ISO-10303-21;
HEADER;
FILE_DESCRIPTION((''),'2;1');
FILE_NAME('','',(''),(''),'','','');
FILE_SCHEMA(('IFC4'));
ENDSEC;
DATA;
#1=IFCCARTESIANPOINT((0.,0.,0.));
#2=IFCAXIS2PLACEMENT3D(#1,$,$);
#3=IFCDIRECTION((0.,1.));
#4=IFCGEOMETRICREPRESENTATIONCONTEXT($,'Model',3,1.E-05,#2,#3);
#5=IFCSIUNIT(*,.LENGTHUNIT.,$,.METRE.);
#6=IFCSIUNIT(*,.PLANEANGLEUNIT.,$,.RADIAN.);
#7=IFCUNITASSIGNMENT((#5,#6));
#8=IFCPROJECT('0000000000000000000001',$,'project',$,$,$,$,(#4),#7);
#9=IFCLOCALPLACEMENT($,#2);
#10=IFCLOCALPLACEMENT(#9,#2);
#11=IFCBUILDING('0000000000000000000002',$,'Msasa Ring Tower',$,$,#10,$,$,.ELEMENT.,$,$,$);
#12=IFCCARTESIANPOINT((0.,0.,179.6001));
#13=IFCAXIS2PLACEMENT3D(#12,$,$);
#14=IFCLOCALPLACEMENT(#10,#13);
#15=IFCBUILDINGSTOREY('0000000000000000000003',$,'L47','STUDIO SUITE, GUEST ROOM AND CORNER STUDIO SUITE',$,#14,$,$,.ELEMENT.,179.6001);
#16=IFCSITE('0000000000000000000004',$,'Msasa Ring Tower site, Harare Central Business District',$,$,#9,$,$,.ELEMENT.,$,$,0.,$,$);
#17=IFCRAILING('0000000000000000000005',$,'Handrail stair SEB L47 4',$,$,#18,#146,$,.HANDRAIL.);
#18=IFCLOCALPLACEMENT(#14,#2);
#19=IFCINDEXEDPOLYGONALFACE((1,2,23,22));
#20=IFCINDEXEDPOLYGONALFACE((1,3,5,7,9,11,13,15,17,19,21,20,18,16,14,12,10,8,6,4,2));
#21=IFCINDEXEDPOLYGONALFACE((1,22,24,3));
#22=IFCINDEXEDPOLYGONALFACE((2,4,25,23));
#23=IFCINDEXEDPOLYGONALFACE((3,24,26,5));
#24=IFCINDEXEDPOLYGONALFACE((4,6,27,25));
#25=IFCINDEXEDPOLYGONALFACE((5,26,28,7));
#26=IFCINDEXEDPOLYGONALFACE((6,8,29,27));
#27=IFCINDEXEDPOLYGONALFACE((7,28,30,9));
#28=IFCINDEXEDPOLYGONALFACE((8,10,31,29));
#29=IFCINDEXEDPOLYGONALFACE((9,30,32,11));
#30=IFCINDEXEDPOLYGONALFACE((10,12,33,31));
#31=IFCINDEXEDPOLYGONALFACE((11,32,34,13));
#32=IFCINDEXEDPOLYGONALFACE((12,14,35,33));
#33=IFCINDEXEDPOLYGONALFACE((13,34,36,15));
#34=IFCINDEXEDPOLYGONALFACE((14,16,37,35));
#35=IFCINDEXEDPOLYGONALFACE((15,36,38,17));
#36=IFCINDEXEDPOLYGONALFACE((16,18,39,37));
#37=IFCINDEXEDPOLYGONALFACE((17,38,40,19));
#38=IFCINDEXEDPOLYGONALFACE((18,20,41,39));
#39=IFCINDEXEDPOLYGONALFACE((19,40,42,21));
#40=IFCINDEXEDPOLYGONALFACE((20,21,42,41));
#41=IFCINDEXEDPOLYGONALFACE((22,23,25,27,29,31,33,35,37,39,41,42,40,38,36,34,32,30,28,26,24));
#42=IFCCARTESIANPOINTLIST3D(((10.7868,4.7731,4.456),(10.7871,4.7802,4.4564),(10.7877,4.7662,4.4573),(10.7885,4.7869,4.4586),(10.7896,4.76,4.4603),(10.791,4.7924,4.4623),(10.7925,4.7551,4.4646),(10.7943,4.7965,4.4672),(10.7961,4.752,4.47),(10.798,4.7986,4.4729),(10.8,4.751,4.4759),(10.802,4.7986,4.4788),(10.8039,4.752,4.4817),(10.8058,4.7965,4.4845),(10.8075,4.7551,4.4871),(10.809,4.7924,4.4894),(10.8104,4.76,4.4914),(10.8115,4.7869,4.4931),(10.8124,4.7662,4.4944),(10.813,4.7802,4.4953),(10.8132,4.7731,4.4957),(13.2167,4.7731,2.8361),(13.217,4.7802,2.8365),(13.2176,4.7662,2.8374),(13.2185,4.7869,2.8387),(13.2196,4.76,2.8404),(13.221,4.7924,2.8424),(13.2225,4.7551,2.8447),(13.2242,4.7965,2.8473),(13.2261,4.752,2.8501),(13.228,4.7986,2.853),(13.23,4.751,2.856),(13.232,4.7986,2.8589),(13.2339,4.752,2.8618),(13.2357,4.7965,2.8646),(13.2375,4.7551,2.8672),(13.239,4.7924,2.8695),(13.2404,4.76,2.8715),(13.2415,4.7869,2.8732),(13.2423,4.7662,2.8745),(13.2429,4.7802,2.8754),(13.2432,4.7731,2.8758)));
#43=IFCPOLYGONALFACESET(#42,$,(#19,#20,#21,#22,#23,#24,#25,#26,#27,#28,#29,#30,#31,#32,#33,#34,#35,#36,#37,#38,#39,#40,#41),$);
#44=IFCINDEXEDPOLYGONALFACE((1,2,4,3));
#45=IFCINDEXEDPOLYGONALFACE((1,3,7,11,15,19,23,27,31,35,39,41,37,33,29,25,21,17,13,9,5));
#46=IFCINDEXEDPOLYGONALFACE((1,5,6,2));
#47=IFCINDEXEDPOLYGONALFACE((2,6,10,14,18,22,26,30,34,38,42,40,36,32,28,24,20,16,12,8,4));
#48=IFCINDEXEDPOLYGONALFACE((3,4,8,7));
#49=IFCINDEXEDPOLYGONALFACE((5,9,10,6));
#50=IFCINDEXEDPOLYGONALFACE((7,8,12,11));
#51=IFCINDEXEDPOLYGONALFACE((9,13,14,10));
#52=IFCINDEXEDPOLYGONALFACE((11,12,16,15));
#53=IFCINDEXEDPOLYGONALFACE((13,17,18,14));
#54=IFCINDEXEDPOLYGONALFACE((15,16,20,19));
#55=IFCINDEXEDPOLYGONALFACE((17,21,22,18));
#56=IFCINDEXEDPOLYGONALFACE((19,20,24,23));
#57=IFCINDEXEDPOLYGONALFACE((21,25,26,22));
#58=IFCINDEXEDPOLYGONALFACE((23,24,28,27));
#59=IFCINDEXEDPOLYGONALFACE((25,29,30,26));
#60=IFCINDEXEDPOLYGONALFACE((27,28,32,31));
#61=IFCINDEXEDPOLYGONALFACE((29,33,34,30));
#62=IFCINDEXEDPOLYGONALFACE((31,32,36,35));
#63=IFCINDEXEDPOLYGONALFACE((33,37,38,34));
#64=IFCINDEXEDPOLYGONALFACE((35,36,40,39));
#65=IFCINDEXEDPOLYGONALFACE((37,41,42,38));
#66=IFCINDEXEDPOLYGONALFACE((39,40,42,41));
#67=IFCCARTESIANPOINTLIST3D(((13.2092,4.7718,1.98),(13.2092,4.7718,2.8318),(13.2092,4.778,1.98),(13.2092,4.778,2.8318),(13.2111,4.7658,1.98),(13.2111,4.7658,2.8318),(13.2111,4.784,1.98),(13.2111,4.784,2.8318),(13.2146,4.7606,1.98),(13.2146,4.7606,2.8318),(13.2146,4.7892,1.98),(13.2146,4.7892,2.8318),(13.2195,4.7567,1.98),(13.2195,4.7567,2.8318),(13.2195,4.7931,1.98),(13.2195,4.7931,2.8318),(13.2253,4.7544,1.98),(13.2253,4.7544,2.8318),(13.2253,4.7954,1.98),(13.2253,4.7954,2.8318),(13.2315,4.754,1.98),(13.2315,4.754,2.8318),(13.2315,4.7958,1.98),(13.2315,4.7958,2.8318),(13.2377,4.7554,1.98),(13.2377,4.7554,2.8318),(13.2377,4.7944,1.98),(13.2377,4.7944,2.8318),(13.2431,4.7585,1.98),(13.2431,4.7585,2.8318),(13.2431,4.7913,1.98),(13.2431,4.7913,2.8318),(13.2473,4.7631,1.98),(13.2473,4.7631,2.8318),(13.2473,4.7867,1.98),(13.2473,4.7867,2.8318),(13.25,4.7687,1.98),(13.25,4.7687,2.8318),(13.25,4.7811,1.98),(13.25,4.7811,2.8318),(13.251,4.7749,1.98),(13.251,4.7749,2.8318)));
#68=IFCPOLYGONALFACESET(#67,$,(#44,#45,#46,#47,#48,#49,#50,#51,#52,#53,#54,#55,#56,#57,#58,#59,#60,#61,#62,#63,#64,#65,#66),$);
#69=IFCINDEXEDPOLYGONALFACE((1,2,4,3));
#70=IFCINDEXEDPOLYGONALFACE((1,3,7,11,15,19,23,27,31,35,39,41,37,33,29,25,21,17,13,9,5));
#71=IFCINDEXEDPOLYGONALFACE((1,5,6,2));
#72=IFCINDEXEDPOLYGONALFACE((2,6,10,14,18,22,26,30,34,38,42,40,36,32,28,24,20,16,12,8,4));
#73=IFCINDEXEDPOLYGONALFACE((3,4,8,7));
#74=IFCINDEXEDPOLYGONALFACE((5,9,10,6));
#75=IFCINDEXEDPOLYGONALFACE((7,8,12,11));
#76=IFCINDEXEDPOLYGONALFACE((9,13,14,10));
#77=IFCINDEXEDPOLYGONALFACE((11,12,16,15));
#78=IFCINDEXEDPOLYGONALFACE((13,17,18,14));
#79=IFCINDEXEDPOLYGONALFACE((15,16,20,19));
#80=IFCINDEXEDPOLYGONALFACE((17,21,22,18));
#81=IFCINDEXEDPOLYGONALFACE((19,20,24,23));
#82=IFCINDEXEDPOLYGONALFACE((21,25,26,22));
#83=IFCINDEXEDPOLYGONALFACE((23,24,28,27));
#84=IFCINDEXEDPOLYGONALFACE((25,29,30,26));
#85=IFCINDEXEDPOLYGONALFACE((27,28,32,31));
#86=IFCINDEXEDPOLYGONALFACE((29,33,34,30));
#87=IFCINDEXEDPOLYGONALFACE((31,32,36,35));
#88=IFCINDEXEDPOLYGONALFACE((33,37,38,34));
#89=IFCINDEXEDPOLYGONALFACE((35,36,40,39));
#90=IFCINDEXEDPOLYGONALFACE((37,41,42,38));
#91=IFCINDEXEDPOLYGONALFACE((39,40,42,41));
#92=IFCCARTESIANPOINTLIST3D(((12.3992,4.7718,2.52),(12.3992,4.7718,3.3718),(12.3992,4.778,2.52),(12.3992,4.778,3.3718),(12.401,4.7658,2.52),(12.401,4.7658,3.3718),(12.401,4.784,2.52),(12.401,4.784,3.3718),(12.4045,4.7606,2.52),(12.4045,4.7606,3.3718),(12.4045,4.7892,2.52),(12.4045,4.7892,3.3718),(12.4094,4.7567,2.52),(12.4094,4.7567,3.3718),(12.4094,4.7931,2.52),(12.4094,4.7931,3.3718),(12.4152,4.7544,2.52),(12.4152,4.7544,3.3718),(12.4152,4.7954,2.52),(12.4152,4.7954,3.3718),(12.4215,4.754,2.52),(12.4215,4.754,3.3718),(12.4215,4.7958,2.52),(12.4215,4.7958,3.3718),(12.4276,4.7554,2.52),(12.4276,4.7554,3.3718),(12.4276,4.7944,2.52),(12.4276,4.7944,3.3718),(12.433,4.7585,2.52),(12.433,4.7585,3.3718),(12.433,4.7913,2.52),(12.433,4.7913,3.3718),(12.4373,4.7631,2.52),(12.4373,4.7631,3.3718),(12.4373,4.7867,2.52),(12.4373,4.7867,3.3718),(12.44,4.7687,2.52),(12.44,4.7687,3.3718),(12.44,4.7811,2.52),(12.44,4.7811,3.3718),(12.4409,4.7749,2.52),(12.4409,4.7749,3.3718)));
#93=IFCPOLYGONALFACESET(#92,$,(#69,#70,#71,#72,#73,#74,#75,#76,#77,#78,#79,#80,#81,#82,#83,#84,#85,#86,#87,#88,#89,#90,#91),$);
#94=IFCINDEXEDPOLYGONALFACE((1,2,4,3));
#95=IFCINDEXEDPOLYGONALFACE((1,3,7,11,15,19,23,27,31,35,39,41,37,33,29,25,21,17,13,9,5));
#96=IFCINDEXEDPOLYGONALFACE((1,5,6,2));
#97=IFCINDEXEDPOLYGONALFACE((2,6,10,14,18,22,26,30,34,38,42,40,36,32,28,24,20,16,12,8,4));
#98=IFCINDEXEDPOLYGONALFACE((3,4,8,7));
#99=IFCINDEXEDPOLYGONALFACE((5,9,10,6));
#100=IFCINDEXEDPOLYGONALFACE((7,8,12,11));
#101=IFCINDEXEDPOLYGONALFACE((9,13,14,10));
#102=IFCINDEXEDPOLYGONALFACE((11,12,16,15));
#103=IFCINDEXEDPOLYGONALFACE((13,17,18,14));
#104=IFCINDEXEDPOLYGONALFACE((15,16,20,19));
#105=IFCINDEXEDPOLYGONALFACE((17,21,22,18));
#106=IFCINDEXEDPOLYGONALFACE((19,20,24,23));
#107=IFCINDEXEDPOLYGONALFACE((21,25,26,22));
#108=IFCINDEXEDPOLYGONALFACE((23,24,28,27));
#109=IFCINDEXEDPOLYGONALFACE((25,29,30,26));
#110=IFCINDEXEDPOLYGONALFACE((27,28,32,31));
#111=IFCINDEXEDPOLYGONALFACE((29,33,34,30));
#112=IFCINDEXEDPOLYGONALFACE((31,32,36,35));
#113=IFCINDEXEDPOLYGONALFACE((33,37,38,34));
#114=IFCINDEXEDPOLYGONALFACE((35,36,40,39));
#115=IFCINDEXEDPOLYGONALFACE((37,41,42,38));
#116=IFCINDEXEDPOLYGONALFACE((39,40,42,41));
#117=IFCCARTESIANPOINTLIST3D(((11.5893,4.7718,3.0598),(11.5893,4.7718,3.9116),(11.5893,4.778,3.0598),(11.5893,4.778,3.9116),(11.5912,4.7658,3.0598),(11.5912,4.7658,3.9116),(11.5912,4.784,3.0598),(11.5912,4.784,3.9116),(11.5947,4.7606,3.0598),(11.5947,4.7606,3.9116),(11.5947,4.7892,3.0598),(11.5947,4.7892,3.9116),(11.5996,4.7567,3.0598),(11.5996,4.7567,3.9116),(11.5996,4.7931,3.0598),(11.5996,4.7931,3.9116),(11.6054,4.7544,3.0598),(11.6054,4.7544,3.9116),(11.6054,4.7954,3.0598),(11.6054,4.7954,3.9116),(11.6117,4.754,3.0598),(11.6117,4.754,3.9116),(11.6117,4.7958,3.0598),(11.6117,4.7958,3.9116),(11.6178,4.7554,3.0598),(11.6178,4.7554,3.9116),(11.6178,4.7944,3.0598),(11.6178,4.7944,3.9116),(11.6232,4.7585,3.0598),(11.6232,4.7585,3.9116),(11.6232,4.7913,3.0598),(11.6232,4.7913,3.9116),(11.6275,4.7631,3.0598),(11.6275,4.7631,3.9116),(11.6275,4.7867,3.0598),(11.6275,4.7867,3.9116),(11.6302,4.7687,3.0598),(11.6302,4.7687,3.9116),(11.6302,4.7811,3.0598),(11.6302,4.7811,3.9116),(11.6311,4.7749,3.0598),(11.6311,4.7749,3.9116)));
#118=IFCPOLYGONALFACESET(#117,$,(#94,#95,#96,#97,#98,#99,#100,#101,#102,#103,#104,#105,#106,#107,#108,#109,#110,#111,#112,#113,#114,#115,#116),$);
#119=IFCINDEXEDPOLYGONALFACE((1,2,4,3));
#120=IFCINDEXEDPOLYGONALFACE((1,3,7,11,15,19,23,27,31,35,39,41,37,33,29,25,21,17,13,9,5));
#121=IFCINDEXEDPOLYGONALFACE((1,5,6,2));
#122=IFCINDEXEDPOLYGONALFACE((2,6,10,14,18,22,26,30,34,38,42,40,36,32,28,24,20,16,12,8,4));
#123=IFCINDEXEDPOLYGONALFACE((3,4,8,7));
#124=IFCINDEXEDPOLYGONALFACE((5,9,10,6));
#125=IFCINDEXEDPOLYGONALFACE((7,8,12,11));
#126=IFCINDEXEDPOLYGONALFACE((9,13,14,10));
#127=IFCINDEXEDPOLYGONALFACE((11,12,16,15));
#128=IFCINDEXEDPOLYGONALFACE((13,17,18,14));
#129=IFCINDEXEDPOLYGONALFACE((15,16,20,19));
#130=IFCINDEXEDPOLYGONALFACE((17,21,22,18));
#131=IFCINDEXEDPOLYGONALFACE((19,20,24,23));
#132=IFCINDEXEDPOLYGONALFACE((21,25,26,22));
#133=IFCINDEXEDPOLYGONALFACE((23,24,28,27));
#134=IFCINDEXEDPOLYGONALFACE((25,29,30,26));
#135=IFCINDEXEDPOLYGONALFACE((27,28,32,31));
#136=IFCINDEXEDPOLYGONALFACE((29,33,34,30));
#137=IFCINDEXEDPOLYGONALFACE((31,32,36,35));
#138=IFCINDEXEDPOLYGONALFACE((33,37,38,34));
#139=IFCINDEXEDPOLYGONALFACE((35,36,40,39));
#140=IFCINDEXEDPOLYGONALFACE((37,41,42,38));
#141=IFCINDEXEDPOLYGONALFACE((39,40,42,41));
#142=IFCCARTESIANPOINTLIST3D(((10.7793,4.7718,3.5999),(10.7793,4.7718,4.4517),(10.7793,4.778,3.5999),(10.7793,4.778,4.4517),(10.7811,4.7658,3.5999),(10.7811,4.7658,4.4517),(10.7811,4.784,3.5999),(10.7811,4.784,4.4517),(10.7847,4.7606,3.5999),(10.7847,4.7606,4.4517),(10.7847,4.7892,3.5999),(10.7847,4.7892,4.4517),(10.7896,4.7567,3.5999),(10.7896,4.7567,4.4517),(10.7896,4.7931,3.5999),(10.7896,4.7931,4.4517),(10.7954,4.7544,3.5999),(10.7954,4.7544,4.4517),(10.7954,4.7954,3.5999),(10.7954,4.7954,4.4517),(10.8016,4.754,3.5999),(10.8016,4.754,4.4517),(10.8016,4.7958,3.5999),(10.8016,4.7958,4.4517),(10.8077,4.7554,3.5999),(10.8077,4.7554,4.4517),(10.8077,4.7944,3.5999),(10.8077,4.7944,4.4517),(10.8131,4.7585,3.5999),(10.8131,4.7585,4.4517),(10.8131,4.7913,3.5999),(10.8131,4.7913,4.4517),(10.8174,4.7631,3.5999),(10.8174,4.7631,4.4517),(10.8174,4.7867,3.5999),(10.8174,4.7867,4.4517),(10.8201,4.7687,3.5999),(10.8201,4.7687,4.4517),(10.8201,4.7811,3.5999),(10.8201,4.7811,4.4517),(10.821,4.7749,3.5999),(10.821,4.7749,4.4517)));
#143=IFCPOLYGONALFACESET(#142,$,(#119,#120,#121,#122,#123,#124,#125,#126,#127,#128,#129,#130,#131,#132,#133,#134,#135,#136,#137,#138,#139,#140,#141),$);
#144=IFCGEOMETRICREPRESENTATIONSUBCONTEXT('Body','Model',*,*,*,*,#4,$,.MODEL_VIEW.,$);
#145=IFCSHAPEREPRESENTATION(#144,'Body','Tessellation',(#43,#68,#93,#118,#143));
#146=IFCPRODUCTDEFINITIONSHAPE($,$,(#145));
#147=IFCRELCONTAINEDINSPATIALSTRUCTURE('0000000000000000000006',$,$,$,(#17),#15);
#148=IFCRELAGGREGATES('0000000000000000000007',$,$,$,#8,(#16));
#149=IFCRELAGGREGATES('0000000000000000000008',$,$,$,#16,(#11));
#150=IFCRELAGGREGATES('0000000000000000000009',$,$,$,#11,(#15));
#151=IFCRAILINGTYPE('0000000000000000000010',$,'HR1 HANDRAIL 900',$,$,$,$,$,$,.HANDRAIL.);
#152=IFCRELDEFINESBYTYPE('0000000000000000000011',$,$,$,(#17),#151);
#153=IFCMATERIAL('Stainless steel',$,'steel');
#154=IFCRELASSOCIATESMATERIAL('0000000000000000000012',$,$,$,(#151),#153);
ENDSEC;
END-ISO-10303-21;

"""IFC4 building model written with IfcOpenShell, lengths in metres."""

from ifc_helpers import new_model, si_unit, direction, frame, origin, origin_2d, place, context, subcontext, project, spatial, circle, extrude, material, type_object, element, save


model = new_model("IFC4")

# Units and contexts
model_context = context("Model", 3, precision=1e-05, world=origin(), true_north=direction((0.0, 1.0)))
body_context = subcontext(model_context, "Body", "Model", "MODEL_VIEW")
ifc_project = project(units=[si_unit("LENGTHUNIT", "METRE"), si_unit("PLANEANGLEUNIT", "RADIAN")], contexts=[model_context])

# Site, building, storey
site_placement = place(None, origin())
site = spatial("IfcSite", under=ifc_project, at=site_placement, Name="Msasa Ring Tower site, Harare Central Business District", CompositionType="ELEMENT", RefElevation=0.0)
building_placement = place(site_placement, origin())
building = spatial("IfcBuilding", under=site, at=building_placement, Name="Msasa Ring Tower", CompositionType="ELEMENT")
storey_placement = place(building_placement, frame((0.0, 0.0, 179.6001)))
storey = spatial("IfcBuildingStorey", under=building, at=storey_placement, Name="L47", Description="STUDIO SUITE, GUEST ROOM AND CORNER STUDIO SUITE", CompositionType="ELEMENT", Elevation=179.6001)

# Railing
ifc_material_1 = material(Name="Stainless steel", Category="steel")
railing_type = type_object("IfcRailingType", Name="HR1 HANDRAIL 900", PredefinedType="HANDRAIL", material=ifc_material_1)
for number, where, name in (
    (1, (13.23, 4.7749, 1.98), "Handrail stair SEB L47 4"),
):
    element("IfcRailing", number, at=place(storey_placement, frame(where)), inside=storey, type_object=railing_type, Name=name, PredefinedType="HANDRAIL", context=body_context, shape_type="SweptSolid", body=[
        extrude(circle(Radius=0.0239, at=origin_2d()), frame((0.0, 0.0, 0.876), z_axis=(-0.832063, 0.0, 0.554681), x_axis=(0.0, -1.0, 0.0)), (0.0, 0.0, 1.0), 2.9204),
        extrude(circle(Radius=0.021, at=origin_2d()), origin(), (0.0, 0.0, 1.0), 0.8518),
        extrude(circle(Radius=0.021, at=origin_2d()), frame((-0.8101, 0.0, 0.54)), (0.0, 0.0, 1.0), 0.8518),
        extrude(circle(Radius=0.021, at=origin_2d()), frame((-1.6199, 0.0, 1.0798)), (0.0, 0.0, 1.0), 0.8518),
        extrude(circle(Radius=0.021, at=origin_2d()), frame((-2.4299, 0.0, 1.6199)), (0.0, 0.0, 1.0), 0.8518),
    ])

save(model, "model.ifc")
